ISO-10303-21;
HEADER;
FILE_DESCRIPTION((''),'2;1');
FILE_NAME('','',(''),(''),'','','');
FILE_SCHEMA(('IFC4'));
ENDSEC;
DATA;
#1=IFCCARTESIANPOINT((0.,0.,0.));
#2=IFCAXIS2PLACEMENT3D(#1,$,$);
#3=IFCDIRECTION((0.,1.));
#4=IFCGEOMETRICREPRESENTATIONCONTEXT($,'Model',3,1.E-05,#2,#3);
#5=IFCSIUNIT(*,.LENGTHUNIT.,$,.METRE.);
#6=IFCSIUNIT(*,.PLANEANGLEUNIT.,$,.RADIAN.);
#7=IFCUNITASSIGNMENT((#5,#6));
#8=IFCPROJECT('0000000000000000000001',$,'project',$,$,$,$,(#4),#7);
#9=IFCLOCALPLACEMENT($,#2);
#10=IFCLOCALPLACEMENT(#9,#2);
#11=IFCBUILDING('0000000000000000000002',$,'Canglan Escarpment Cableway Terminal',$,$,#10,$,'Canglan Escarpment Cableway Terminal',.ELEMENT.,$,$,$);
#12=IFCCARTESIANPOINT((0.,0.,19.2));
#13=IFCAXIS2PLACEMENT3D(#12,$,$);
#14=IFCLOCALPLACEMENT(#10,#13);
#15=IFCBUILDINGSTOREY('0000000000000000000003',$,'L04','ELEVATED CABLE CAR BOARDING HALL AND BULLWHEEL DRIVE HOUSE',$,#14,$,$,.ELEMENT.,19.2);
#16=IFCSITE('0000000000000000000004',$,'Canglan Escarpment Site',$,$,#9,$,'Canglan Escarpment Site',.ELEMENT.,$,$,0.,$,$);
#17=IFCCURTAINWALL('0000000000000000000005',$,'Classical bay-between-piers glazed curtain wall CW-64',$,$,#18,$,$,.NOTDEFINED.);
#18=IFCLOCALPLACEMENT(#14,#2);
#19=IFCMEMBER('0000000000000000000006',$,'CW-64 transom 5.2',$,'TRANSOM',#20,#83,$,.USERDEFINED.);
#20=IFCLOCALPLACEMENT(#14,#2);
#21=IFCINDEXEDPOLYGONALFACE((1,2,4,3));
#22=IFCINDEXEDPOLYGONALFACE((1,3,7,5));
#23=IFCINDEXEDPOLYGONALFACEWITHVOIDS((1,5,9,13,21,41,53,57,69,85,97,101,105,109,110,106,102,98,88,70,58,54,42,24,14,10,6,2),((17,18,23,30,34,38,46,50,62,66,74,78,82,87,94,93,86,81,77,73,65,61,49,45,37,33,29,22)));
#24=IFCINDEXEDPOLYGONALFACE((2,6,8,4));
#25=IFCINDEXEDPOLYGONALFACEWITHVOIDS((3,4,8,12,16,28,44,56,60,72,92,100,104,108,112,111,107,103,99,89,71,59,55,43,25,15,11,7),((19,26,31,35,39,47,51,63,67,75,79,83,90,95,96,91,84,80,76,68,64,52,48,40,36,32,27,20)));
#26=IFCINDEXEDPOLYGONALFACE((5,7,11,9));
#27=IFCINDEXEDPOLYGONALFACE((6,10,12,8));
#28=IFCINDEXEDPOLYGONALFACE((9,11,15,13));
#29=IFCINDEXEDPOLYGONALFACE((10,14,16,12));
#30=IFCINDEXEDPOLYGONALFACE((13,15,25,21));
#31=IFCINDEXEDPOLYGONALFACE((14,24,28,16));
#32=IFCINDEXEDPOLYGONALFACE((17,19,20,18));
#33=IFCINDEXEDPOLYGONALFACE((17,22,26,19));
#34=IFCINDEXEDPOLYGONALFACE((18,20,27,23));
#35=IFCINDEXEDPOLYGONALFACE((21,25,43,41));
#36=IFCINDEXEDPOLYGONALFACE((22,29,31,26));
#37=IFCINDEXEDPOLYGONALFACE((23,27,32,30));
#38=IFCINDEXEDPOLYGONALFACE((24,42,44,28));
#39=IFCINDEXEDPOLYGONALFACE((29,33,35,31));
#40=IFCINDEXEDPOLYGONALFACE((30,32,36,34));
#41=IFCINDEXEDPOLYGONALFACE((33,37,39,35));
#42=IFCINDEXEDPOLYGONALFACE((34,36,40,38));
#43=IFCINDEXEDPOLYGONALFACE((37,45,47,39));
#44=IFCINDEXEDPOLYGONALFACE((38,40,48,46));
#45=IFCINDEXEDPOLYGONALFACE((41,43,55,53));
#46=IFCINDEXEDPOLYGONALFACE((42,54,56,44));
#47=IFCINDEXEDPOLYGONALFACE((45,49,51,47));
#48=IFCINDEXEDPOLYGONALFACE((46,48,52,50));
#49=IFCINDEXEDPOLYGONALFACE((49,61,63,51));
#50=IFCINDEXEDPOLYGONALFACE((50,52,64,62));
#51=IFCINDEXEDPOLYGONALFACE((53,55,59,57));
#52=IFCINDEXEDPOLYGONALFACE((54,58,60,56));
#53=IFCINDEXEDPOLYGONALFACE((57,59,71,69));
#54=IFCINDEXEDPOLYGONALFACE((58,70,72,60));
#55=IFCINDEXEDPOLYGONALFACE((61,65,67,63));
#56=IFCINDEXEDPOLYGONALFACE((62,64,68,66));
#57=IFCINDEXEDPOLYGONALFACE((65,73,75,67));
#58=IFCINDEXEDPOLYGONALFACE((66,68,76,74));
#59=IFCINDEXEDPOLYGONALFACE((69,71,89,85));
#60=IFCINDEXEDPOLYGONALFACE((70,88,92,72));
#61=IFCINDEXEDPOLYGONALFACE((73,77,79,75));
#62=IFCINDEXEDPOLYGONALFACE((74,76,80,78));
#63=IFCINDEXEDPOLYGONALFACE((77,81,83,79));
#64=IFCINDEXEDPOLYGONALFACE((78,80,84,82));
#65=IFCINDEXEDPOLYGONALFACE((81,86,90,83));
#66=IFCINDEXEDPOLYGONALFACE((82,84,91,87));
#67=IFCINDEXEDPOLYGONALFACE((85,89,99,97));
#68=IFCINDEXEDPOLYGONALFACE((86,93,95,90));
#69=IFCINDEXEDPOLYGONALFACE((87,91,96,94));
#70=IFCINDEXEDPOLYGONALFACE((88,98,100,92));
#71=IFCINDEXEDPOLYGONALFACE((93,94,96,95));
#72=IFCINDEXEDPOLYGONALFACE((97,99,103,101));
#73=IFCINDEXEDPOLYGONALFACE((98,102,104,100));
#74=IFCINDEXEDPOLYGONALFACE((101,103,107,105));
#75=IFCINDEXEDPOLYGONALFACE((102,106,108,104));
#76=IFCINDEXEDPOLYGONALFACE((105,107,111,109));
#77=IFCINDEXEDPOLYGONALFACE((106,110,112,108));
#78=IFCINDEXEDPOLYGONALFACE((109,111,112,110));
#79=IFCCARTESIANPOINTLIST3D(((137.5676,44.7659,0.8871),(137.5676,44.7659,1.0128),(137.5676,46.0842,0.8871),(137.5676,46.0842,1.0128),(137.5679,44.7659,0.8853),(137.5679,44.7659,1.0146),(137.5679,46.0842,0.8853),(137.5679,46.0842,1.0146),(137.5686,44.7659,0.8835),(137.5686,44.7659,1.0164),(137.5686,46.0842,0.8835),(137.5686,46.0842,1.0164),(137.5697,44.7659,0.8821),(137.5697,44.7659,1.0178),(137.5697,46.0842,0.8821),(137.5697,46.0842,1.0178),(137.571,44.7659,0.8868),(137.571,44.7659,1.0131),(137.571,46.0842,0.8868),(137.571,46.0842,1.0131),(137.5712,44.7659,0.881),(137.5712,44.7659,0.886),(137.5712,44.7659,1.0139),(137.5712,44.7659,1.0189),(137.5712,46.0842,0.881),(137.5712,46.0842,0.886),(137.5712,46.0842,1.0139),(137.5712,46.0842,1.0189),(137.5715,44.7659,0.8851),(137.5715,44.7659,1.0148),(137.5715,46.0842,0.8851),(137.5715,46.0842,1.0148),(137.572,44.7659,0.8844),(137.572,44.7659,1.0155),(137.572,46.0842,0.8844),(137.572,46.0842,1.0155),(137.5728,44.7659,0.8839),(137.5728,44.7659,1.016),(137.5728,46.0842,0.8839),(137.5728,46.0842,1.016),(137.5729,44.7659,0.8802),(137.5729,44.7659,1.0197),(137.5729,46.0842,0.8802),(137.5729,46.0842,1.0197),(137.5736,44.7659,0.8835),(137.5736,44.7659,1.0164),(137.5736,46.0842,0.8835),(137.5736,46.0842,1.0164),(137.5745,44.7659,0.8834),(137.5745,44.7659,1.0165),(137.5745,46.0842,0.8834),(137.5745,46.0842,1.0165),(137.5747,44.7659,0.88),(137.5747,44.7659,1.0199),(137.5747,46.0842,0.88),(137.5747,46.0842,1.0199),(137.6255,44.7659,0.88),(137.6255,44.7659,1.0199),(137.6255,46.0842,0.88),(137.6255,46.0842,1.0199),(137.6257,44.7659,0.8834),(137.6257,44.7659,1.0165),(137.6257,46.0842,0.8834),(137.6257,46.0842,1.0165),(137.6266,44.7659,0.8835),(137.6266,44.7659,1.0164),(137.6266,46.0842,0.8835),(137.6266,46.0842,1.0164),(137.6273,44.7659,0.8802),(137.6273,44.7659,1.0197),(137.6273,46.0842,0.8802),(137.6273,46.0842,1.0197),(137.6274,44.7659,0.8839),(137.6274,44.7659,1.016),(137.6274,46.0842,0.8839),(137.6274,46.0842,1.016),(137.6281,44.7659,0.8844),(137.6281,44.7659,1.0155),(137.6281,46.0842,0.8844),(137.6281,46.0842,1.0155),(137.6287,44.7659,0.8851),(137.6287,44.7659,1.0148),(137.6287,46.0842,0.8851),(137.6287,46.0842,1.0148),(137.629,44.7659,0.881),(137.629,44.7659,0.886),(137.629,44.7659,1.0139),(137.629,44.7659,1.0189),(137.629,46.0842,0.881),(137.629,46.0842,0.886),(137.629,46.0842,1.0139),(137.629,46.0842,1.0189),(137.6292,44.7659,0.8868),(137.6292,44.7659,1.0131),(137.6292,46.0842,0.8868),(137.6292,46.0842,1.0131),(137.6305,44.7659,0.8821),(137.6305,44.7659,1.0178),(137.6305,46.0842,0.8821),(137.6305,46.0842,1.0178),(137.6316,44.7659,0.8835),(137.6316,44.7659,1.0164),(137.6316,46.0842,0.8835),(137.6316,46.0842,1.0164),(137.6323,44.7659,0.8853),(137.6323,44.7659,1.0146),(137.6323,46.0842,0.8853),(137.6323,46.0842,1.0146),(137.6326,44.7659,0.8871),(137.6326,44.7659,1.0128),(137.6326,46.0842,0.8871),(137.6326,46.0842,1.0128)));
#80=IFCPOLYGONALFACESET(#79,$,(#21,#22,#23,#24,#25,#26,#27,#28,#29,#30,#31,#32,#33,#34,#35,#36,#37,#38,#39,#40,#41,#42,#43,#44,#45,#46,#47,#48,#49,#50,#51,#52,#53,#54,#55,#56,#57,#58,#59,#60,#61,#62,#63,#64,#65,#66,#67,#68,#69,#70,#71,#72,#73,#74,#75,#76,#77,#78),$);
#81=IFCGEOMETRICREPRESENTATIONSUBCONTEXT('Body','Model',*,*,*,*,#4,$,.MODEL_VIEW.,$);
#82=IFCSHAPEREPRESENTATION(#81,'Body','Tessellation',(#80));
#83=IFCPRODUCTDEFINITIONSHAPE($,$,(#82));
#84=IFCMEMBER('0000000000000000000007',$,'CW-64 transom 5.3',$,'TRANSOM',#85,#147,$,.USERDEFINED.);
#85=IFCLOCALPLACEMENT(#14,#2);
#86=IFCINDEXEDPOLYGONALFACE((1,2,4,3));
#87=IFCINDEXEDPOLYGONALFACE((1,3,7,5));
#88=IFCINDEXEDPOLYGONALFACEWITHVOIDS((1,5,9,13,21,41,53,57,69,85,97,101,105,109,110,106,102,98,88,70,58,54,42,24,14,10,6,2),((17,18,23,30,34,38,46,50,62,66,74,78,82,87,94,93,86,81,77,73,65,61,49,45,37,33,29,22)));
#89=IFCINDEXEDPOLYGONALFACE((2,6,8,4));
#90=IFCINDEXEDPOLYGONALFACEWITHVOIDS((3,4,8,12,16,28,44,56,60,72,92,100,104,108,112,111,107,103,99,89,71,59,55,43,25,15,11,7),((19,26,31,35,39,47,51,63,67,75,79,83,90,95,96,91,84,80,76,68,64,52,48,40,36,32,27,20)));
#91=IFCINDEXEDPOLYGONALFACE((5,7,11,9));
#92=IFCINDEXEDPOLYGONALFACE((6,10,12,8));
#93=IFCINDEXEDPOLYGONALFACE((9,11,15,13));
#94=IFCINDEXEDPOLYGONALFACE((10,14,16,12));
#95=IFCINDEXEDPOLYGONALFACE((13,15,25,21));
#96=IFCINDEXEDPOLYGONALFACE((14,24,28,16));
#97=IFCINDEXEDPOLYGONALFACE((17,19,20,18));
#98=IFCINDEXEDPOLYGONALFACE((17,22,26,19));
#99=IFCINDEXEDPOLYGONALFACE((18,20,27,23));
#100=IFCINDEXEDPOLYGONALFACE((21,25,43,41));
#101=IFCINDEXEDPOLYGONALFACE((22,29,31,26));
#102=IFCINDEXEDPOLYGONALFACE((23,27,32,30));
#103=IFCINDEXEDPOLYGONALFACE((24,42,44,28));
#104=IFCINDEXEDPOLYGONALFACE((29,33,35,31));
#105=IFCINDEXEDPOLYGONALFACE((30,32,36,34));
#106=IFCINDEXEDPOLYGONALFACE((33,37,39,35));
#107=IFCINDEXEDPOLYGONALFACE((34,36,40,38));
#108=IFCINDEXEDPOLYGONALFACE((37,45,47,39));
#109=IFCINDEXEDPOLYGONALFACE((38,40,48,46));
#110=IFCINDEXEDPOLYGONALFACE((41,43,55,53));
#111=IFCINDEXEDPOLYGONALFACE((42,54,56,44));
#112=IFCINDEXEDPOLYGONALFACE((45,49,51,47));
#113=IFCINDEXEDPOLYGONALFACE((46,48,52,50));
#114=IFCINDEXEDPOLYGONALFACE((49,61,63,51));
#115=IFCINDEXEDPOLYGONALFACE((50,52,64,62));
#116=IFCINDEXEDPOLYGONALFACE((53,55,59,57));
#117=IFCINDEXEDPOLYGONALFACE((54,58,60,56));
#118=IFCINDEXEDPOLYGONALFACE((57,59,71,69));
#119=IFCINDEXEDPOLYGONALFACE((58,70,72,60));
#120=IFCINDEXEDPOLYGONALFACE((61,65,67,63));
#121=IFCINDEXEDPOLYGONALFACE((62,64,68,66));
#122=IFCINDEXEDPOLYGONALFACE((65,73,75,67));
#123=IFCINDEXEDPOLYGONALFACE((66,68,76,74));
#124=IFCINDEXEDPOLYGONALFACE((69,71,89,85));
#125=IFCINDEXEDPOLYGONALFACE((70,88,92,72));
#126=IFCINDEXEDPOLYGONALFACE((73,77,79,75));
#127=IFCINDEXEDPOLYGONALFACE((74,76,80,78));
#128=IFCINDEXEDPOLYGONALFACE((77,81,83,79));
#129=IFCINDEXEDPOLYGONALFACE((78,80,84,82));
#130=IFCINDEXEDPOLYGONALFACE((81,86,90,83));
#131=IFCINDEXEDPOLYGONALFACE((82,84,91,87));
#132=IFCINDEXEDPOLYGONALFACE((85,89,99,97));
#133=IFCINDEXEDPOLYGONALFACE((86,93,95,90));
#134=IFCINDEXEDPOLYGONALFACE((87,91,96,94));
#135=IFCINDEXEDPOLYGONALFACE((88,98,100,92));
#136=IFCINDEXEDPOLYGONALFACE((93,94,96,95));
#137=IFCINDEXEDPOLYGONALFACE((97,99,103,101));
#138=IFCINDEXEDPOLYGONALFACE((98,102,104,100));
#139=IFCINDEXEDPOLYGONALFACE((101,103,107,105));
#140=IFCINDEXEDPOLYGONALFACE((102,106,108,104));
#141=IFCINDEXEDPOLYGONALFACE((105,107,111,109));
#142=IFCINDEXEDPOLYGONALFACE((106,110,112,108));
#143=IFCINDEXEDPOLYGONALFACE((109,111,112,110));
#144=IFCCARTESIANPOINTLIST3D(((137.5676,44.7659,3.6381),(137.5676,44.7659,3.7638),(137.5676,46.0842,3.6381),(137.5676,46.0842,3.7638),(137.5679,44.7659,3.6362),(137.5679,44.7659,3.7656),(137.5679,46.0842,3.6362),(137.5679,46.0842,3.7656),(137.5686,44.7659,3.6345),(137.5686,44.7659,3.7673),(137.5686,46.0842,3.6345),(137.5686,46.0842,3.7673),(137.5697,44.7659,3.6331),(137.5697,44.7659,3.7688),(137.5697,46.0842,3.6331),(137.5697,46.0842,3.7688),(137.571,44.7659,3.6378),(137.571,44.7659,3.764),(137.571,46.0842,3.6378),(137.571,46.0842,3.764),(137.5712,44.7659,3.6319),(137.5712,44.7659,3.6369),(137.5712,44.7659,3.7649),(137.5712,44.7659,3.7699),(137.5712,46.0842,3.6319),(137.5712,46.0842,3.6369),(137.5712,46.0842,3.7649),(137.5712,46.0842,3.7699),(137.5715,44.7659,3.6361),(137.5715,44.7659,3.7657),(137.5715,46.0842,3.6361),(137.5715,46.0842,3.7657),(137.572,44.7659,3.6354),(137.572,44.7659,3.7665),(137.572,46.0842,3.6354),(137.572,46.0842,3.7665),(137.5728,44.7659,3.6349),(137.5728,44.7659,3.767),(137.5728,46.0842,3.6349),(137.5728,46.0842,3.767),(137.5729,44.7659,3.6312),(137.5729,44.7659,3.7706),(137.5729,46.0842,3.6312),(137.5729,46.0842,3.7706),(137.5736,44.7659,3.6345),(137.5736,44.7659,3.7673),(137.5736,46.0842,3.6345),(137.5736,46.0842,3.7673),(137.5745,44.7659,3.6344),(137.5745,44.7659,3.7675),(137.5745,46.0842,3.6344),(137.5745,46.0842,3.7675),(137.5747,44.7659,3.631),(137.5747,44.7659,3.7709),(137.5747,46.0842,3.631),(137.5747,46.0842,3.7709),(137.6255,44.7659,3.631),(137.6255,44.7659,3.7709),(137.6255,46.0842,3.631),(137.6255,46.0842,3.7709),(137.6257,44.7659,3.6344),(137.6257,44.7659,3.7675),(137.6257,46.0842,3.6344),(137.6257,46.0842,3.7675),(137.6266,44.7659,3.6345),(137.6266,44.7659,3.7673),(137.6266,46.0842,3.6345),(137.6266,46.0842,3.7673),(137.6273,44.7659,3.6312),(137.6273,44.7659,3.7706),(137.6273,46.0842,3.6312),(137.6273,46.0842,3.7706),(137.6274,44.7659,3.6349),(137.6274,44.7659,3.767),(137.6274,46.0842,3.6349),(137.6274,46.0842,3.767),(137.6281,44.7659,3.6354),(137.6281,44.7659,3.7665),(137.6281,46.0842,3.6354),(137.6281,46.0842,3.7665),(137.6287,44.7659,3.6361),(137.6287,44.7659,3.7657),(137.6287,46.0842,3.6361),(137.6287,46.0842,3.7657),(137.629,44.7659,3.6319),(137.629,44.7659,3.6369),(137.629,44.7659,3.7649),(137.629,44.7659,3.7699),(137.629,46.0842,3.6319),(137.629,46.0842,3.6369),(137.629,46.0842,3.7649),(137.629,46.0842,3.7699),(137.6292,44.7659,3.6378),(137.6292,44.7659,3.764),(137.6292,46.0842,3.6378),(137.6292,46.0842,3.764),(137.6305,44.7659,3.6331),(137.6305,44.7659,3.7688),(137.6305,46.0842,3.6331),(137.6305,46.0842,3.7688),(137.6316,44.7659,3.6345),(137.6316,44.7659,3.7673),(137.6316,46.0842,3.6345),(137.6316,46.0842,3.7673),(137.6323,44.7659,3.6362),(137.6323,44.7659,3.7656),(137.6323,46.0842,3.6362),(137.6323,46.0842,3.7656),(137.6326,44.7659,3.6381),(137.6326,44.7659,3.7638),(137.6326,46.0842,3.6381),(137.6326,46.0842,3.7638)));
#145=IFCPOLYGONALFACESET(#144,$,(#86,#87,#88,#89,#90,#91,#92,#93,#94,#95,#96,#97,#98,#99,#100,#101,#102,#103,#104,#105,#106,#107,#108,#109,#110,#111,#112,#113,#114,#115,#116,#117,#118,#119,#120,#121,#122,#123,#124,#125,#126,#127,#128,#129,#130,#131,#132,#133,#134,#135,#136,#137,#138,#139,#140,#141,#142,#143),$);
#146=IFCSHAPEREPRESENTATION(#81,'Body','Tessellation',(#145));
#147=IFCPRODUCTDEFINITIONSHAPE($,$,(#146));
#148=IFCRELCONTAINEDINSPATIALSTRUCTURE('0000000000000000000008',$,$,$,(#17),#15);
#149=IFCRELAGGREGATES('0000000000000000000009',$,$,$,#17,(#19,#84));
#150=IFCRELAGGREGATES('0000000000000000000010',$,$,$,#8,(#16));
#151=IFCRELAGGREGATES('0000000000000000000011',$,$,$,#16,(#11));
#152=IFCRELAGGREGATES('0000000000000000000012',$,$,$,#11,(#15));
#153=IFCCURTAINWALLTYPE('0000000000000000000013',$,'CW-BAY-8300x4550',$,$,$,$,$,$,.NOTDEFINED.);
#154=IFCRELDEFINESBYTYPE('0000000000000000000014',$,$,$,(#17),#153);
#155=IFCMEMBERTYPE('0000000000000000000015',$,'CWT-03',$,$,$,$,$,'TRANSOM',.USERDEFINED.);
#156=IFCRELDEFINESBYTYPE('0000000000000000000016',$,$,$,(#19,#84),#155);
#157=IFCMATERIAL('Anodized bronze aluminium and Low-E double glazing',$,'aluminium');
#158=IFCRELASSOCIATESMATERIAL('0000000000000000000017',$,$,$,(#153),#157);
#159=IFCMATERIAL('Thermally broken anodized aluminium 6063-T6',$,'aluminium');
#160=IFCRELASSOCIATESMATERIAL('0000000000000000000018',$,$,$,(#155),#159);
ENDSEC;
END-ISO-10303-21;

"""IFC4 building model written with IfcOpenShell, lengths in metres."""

from ifc_helpers import new_model, si_unit, direction, frame, origin, origin_2d, place, context, subcontext, project, spatial, hollow_rectangle, extrude, material, material_profile, profile_set, type_object, element, aggregate, save


model = new_model("IFC4")

# Units and contexts
model_context = context("Model", 3, precision=1e-05, world=origin(), true_north=direction((0.0, 1.0)))
body_context = subcontext(model_context, "Body", "Model", "MODEL_VIEW")
ifc_project = project(units=[si_unit("LENGTHUNIT", "METRE"), si_unit("PLANEANGLEUNIT", "RADIAN")], contexts=[model_context])

# Site, building, storey
site_placement = place(None, origin())
site = spatial("IfcSite", under=ifc_project, at=site_placement, Name="Canglan Escarpment Site", LongName="Canglan Escarpment Site", CompositionType="ELEMENT", RefElevation=0.0)
building_placement = place(site_placement, origin())
building = spatial("IfcBuilding", under=site, at=building_placement, Name="Canglan Escarpment Cableway Terminal", LongName="Canglan Escarpment Cableway Terminal", CompositionType="ELEMENT")
storey_placement = place(building_placement, frame((0.0, 0.0, 19.2)))
storey = spatial("IfcBuildingStorey", under=building, at=storey_placement, Name="L04", Description="ELEVATED CABLE CAR BOARDING HALL AND BULLWHEEL DRIVE HOUSE", CompositionType="ELEMENT", Elevation=19.2)

# Curtain wall, members
ifc_material_1 = material(Name="Anodized bronze aluminium and Low-E double glazing", Category="aluminium")
curtain_wall_type = type_object("IfcCurtainWallType", Name="CW-BAY-8300x4550", PredefinedType="NOTDEFINED", material=ifc_material_1)
curtain_wall_placement = place(storey_placement, origin())
curtain_wall = element("IfcCurtainWall", 1, at=curtain_wall_placement, inside=storey, type_object=curtain_wall_type, Name="Classical bay-between-piers glazed curtain wall CW-64", PredefinedType="NOTDEFINED")
ifc_material_2 = material(Name="Thermally broken anodized aluminium 6063-T6", Category="aluminium")
ifc_material_profile_1 = material_profile(ifc_material_2, hollow_rectangle(XDim=0.0649, YDim=0.1399, WallThickness=0.0034, InnerFilletRadius=0.0034, OuterFilletRadius=0.0071, at=origin_2d()), Name="ALU-TRAN 65x140x3.5")
ifc_profile_set_1 = profile_set([ifc_material_profile_1], Name="Thermally broken anodized aluminium 6063-T6")
member_type_1 = type_object("IfcMemberType", Name="CWT-03", ElementType="TRANSOM", PredefinedType="USERDEFINED", material=ifc_profile_set_1)
member_1_placement = place(storey_placement, frame((137.6001, 46.0842, 0.95), z_axis=(0.0, -1.0, 0.0), x_axis=(1.0, 0.0, 0.0)))
member_1 = element("IfcMember", 2, at=member_1_placement, type_object=member_type_1, Name="CW-64 transom 5.2", ObjectType="TRANSOM", PredefinedType="USERDEFINED", context=body_context, shape_type="SweptSolid", body=[
    extrude(hollow_rectangle(XDim=0.0649, YDim=0.1399, WallThickness=0.0034, InnerFilletRadius=0.0034, OuterFilletRadius=0.0071, at=origin_2d()), origin(), (0.0, 0.0, 1.0), 1.3184),
])
member_2_placement = place(storey_placement, frame((137.6001, 46.0842, 3.7009), z_axis=(0.0, -1.0, 0.0), x_axis=(1.0, 0.0, 0.0)))
member_2 = element("IfcMember", 3, at=member_2_placement, type_object=member_type_1, Name="CW-64 transom 5.3", ObjectType="TRANSOM", PredefinedType="USERDEFINED", context=body_context, shape_type="SweptSolid", body=[
    extrude(hollow_rectangle(XDim=0.0649, YDim=0.1399, WallThickness=0.0034, InnerFilletRadius=0.0034, OuterFilletRadius=0.0071, at=origin_2d()), origin(), (0.0, 0.0, 1.0), 1.3184),
])
aggregate(curtain_wall, [member_1, member_2])

save(model, "model.ifc")
